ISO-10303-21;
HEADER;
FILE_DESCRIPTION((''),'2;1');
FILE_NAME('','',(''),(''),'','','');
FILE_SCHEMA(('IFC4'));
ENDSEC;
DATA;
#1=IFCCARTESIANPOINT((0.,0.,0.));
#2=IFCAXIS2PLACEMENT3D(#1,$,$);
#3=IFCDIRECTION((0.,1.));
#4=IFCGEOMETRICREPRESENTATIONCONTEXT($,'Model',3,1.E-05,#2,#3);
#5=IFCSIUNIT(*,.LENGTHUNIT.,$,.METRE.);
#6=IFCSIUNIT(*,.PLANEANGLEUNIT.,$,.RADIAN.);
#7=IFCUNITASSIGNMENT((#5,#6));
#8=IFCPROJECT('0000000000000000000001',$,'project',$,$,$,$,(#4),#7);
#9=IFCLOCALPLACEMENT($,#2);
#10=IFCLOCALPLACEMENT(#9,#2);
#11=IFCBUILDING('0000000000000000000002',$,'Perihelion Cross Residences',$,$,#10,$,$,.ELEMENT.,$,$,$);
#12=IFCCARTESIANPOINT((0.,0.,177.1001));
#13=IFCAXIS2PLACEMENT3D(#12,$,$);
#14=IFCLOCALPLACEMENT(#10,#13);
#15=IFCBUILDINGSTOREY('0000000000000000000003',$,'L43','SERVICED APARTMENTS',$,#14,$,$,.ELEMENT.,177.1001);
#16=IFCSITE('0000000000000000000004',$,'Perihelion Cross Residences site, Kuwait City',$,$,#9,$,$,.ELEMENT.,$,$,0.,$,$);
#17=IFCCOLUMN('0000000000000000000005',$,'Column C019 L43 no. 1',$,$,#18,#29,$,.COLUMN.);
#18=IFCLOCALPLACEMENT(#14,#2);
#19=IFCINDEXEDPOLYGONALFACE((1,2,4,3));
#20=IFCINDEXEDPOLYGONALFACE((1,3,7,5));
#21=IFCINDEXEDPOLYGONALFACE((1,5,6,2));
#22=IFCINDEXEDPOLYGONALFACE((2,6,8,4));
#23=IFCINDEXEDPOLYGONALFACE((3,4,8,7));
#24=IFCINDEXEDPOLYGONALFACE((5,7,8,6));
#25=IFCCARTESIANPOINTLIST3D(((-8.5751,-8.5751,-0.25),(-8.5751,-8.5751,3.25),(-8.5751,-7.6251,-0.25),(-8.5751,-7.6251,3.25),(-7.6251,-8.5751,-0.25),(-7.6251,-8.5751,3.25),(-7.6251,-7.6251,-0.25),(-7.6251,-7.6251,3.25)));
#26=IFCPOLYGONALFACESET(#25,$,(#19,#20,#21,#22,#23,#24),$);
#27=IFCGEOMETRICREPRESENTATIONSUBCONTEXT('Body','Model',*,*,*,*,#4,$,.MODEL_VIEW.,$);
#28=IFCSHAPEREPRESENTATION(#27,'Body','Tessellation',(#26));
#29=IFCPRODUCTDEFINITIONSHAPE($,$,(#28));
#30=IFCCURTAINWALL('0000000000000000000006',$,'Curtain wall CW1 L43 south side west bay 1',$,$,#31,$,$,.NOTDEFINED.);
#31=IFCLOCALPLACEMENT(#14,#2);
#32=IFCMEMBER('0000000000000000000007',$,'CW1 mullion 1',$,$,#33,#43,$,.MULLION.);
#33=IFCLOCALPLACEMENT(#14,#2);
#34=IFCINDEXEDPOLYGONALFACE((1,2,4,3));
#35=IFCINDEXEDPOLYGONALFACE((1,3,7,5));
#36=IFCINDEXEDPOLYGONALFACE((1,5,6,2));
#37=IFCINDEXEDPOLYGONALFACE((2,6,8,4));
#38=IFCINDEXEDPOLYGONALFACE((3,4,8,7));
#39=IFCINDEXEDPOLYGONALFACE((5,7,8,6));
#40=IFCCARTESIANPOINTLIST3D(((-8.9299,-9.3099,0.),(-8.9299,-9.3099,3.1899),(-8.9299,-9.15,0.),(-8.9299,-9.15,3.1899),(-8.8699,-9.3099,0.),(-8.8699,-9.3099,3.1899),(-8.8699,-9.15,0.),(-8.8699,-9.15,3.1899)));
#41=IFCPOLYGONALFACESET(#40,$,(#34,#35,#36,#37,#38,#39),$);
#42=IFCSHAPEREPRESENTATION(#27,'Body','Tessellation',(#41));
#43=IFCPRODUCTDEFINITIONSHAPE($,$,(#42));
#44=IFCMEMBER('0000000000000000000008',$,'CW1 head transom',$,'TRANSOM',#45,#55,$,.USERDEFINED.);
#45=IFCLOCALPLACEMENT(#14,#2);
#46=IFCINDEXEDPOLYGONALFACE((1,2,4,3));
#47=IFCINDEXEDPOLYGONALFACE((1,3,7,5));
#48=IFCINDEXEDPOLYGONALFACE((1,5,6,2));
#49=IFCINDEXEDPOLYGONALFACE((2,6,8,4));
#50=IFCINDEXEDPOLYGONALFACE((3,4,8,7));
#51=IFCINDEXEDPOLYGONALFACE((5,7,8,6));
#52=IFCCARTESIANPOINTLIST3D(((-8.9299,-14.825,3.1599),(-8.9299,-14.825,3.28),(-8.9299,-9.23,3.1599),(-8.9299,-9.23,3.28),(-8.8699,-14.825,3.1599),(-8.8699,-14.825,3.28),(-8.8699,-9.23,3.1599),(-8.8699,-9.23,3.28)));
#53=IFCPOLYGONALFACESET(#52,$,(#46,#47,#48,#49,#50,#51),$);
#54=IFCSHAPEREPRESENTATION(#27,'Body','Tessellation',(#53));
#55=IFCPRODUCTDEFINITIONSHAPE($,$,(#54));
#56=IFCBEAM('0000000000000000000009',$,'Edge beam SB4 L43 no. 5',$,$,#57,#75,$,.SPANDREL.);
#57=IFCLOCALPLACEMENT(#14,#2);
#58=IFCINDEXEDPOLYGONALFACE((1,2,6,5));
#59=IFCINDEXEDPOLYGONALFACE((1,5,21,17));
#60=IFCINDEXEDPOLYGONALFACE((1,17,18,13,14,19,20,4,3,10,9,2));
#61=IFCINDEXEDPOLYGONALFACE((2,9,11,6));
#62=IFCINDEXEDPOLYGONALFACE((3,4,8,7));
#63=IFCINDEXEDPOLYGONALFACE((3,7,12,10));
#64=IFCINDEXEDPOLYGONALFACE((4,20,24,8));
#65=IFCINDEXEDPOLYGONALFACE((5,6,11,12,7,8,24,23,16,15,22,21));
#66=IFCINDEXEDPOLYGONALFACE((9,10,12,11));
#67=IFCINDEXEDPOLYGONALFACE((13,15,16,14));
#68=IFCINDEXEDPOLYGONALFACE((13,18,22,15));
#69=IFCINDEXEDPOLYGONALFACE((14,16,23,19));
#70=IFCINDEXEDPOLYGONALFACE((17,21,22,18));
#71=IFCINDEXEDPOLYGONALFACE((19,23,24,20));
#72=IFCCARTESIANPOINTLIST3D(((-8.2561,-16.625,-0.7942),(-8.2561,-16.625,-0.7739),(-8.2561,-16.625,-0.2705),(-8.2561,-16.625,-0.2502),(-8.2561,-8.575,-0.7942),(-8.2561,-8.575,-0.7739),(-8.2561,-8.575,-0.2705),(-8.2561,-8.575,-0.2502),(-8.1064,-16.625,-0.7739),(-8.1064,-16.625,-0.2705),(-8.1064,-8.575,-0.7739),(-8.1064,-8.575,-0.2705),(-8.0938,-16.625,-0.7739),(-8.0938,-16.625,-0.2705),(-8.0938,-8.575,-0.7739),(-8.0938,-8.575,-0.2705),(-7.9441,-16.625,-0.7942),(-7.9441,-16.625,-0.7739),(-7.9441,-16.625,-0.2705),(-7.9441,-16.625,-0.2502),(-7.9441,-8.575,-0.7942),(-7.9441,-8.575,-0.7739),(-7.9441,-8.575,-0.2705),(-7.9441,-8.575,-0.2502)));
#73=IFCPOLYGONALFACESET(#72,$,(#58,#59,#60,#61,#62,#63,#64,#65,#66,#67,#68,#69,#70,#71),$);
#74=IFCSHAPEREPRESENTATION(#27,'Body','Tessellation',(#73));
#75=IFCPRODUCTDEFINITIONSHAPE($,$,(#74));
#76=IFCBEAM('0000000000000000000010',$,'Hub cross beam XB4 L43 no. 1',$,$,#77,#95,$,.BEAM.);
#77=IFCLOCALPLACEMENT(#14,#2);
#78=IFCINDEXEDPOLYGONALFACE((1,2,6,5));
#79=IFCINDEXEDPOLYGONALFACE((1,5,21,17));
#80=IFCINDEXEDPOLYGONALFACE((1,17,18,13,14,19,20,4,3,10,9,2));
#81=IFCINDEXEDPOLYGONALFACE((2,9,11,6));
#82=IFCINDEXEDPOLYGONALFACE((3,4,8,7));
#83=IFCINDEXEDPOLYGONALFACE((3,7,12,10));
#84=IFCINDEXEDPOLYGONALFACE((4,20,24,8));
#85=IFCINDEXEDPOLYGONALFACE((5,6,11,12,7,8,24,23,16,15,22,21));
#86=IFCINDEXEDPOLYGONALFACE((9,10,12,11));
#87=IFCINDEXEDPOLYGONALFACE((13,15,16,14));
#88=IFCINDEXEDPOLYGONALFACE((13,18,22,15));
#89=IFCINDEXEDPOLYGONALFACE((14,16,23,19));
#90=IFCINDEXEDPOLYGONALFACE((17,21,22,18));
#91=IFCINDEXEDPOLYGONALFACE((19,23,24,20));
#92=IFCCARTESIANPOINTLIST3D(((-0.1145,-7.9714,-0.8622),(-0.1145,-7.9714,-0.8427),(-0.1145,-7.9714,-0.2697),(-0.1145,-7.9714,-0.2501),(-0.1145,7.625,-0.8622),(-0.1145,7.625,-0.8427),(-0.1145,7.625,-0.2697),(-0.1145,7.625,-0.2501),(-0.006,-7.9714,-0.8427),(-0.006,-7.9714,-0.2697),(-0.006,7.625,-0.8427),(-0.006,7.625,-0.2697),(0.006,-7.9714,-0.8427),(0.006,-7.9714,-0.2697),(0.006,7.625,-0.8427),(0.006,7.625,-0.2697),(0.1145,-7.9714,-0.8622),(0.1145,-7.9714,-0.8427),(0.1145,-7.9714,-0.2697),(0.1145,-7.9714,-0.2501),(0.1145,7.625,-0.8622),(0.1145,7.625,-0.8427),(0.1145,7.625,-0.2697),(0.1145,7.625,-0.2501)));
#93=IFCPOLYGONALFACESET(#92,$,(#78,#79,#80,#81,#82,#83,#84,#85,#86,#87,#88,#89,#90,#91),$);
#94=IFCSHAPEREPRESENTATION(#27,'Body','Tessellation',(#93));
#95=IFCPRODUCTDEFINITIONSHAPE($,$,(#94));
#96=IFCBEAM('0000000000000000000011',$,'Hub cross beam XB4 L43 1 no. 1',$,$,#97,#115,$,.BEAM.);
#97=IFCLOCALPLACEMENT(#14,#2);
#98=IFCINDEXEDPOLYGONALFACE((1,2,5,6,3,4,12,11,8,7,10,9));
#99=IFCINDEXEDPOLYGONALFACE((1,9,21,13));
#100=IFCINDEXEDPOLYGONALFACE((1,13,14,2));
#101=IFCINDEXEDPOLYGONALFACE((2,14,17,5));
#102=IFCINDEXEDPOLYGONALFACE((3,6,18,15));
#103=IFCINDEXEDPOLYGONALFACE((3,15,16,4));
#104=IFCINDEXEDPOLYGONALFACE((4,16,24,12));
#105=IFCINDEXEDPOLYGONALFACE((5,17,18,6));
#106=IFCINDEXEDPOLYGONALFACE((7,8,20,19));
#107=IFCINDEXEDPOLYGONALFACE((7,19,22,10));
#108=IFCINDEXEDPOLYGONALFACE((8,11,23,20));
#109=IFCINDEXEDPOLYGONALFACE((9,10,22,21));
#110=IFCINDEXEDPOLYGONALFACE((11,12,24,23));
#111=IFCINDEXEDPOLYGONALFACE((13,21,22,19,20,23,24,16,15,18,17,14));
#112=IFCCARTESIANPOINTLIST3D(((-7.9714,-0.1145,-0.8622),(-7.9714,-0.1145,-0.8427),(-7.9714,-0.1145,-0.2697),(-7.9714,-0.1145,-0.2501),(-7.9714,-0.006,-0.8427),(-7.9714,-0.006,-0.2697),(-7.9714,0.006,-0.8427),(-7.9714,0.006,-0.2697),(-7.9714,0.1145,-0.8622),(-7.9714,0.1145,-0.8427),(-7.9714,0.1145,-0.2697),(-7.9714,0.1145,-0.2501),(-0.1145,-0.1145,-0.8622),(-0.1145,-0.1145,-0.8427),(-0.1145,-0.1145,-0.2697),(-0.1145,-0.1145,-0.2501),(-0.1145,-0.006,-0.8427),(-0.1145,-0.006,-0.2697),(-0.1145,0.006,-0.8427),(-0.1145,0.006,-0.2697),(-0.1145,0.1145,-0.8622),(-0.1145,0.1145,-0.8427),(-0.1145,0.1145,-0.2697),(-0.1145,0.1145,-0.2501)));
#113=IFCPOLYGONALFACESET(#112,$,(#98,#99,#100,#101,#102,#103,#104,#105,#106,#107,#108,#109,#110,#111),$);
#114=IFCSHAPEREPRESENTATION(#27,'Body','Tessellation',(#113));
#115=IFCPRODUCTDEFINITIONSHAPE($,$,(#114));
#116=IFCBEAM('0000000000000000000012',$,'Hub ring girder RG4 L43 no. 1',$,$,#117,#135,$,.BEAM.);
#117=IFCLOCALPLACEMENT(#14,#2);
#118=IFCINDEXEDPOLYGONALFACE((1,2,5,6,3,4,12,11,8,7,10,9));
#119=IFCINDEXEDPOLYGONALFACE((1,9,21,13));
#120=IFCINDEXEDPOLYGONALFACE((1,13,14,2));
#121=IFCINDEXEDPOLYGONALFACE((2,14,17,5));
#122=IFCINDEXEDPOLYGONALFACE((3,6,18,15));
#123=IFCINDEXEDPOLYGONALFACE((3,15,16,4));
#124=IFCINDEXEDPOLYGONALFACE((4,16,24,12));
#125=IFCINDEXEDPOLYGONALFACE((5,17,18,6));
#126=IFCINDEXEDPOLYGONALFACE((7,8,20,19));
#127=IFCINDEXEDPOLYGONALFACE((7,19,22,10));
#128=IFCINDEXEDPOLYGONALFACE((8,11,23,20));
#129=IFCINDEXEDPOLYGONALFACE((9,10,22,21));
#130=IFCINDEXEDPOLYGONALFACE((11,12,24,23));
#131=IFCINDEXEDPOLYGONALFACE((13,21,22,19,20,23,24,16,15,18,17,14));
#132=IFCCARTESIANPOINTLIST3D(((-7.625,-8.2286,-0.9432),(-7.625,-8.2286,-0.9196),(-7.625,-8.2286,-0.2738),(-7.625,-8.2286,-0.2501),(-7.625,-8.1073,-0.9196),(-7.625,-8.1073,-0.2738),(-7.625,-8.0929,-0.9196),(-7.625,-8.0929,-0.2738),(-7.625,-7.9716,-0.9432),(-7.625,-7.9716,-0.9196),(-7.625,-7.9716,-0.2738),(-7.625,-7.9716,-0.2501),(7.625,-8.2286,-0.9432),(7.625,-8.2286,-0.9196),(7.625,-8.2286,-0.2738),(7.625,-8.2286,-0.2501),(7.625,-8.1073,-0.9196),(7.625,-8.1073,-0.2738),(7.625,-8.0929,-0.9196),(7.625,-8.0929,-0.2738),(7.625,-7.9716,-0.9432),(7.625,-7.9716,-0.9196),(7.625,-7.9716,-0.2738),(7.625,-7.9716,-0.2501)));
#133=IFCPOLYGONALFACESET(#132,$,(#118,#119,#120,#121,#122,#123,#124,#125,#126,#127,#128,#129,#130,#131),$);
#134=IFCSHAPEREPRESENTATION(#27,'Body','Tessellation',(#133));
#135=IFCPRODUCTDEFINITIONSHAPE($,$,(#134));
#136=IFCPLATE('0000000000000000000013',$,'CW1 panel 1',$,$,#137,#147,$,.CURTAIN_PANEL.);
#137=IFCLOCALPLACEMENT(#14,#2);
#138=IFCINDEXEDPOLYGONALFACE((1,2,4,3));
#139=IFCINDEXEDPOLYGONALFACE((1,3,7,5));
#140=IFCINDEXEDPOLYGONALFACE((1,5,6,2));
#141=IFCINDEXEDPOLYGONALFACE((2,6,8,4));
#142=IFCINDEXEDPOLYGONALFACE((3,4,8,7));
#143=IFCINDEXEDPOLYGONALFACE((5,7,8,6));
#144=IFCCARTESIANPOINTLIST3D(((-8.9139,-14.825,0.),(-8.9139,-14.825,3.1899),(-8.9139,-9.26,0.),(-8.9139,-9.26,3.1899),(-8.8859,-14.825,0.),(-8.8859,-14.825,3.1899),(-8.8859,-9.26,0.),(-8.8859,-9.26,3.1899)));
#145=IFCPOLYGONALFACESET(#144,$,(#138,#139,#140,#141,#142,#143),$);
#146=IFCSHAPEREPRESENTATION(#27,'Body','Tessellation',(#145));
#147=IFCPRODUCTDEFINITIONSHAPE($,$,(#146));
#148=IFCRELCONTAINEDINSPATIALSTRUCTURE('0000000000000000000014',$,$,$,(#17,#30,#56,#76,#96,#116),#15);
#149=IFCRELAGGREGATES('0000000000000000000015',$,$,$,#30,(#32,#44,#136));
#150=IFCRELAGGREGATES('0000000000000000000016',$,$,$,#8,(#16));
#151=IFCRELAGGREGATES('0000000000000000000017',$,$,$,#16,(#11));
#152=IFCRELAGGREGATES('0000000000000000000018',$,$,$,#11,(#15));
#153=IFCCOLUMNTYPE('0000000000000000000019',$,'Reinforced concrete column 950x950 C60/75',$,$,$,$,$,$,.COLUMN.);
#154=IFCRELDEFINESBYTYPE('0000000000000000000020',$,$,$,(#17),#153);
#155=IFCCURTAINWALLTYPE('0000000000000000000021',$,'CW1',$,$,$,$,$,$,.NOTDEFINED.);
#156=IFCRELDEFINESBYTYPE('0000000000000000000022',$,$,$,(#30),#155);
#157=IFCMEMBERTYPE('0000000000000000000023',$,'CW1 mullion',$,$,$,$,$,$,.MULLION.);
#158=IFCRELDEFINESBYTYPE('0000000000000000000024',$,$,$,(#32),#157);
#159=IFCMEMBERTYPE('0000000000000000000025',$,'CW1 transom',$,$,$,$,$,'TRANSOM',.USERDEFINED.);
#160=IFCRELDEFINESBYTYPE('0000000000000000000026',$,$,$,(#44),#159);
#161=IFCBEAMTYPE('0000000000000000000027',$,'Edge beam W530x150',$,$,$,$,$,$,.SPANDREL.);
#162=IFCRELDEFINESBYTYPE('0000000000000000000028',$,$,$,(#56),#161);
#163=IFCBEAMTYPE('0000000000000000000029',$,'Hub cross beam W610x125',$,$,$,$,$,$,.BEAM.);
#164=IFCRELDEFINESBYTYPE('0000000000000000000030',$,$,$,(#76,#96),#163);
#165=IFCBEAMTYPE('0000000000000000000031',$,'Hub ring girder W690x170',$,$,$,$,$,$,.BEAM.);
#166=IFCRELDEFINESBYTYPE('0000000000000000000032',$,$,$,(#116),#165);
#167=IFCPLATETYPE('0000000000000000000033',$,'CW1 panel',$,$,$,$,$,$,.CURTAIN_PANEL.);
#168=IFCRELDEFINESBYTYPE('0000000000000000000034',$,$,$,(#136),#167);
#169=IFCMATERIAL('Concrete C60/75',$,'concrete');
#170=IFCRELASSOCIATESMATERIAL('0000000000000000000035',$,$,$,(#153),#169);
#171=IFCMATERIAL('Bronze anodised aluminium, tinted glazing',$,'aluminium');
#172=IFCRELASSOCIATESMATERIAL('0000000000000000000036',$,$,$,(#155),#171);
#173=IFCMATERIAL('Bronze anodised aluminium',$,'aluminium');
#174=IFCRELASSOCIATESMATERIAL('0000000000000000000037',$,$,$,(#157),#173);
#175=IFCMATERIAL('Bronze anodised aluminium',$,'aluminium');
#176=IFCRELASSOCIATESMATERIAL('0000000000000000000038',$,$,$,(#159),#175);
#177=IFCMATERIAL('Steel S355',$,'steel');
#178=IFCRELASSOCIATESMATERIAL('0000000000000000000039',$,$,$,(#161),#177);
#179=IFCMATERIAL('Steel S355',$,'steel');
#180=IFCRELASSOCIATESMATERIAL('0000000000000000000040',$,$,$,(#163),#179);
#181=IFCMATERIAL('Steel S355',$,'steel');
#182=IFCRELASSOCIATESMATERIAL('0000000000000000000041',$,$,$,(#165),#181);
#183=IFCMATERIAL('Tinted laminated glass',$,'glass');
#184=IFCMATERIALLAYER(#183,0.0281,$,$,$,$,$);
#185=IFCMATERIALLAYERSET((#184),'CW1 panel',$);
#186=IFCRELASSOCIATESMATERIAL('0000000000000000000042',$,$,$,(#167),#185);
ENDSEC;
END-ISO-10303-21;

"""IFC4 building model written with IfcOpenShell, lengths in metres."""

from ifc_helpers import new_model, si_unit, direction, frame, origin, origin_2d, place, context, subcontext, project, spatial, rectangle, i_section, extrude, material, layer, layer_set, material_profile, profile_set, type_object, element, aggregate, save


model = new_model("IFC4")

# Units and contexts
model_context = context("Model", 3, precision=1e-05, world=origin(), true_north=direction((0.0, 1.0)))
body_context = subcontext(model_context, "Body", "Model", "MODEL_VIEW")
ifc_project = project(units=[si_unit("LENGTHUNIT", "METRE"), si_unit("PLANEANGLEUNIT", "RADIAN")], contexts=[model_context])

# Site, building, storey
site_placement = place(None, origin())
site = spatial("IfcSite", under=ifc_project, at=site_placement, Name="Perihelion Cross Residences site, Kuwait City", CompositionType="ELEMENT", RefElevation=0.0)
building_placement = place(site_placement, origin())
building = spatial("IfcBuilding", under=site, at=building_placement, Name="Perihelion Cross Residences", CompositionType="ELEMENT")
storey_placement = place(building_placement, frame((0.0, 0.0, 177.1001)))
storey = spatial("IfcBuildingStorey", under=building, at=storey_placement, Name="L43", Description="SERVICED APARTMENTS", CompositionType="ELEMENT", Elevation=177.1001)

# Column
ifc_material_1 = material(Name="Concrete C60/75", Category="concrete")
ifc_material_profile_1 = material_profile(ifc_material_1, rectangle(XDim=0.95, YDim=0.95, at=origin_2d()), Name="RC 950x950")
ifc_profile_set_1 = profile_set([ifc_material_profile_1], Name="Concrete C60/75")
column_type = type_object("IfcColumnType", Name="Reinforced concrete column 950x950 C60/75", PredefinedType="COLUMN", material=ifc_profile_set_1)
column_placement = place(storey_placement, frame((-8.1001, -8.1001, -0.25), z_axis=(0.0, 0.0, 1.0), x_axis=(1.0, 0.0, 0.0)))
element("IfcColumn", 1, at=column_placement, inside=storey, type_object=column_type, Name="Column C019 L43 no. 1", PredefinedType="COLUMN", context=body_context, shape_type="SweptSolid", body=[
    extrude(rectangle(XDim=0.95, YDim=0.95, at=origin_2d()), origin(), (0.0, 0.0, 1.0), 3.5),
])

# Curtain wall, members
ifc_material_2 = material(Name="Bronze anodised aluminium, tinted glazing", Category="aluminium")
curtain_wall_type = type_object("IfcCurtainWallType", Name="CW1", PredefinedType="NOTDEFINED", material=ifc_material_2)
curtain_wall_placement = place(storey_placement, origin())
curtain_wall = element("IfcCurtainWall", 2, at=curtain_wall_placement, inside=storey, type_object=curtain_wall_type, Name="Curtain wall CW1 L43 south side west bay 1", PredefinedType="NOTDEFINED")
ifc_material_3 = material(Name="Bronze anodised aluminium", Category="aluminium")
ifc_material_profile_2 = material_profile(ifc_material_3, rectangle(XDim=0.0601, YDim=0.1599, at=origin_2d()), Name="CW1 mullion")
ifc_profile_set_2 = profile_set([ifc_material_profile_2], Name="Bronze anodised aluminium")
member_type_1 = type_object("IfcMemberType", Name="CW1 mullion", PredefinedType="MULLION", material=ifc_profile_set_2)
member_1_placement = place(storey_placement, frame((-8.8999, -9.23, 0.0), z_axis=(0.0, 0.0, 1.0), x_axis=(1.0, 0.0, 0.0)))
member_1 = element("IfcMember", 3, at=member_1_placement, type_object=member_type_1, Name="CW1 mullion 1", PredefinedType="MULLION", context=body_context, shape_type="SweptSolid", body=[
    extrude(rectangle(XDim=0.0601, YDim=0.1599, at=origin_2d()), origin(), (0.0, 0.0, 1.0), 3.1899),
])
ifc_material_4 = material(Name="Bronze anodised aluminium", Category="aluminium")
ifc_material_profile_3 = material_profile(ifc_material_4, rectangle(XDim=0.0601, YDim=0.1201, at=origin_2d()), Name="CW1 transom")
ifc_profile_set_3 = profile_set([ifc_material_profile_3], Name="Bronze anodised aluminium")
member_type_2 = type_object("IfcMemberType", Name="CW1 transom", ElementType="TRANSOM", PredefinedType="USERDEFINED", material=ifc_profile_set_3)
member_2_placement = place(storey_placement, frame((-8.8999, -9.23, 3.22), z_axis=(0.0, -1.0, 0.0), x_axis=(1.0, 0.0, 0.0)))
member_2 = element("IfcMember", 4, at=member_2_placement, type_object=member_type_2, Name="CW1 head transom", ObjectType="TRANSOM", PredefinedType="USERDEFINED", context=body_context, shape_type="SweptSolid", body=[
    extrude(rectangle(XDim=0.0601, YDim=0.1201, at=origin_2d()), origin(), (0.0, 0.0, 1.0), 5.595),
])

# Beams
ifc_material_5 = material(Name="Steel S355", Category="steel")
ifc_material_profile_4 = material_profile(ifc_material_5, i_section(OverallWidth=0.312, OverallDepth=0.5439, WebThickness=0.0127, FlangeThickness=0.0203, at=origin_2d()), Name="W530x150")
ifc_profile_set_4 = profile_set([ifc_material_profile_4], Name="Steel S355")
beam_type_1 = type_object("IfcBeamType", Name="Edge beam W530x150", PredefinedType="SPANDREL", material=ifc_profile_set_4)
beam_1_placement = place(storey_placement, frame((-8.1001, -8.575, -0.5222), z_axis=(0.0, -1.0, 0.0), x_axis=(1.0, 0.0, 0.0)))
element("IfcBeam", 5, at=beam_1_placement, inside=storey, type_object=beam_type_1, Name="Edge beam SB4 L43 no. 5", PredefinedType="SPANDREL", context=body_context, shape_type="SweptSolid", body=[
    extrude(i_section(OverallWidth=0.312, OverallDepth=0.5439, WebThickness=0.0127, FlangeThickness=0.0203, at=origin_2d()), origin(), (0.0, 0.0, 1.0), 8.05),
])
ifc_material_6 = material(Name="Steel S355", Category="steel")
ifc_material_profile_5 = material_profile(ifc_material_6, i_section(OverallWidth=0.229, OverallDepth=0.6121, WebThickness=0.012, FlangeThickness=0.0195, at=origin_2d()), Name="W610x125")
ifc_profile_set_5 = profile_set([ifc_material_profile_5], Name="Steel S355")
beam_type_2 = type_object("IfcBeamType", Name="Hub cross beam W610x125", PredefinedType="BEAM", material=ifc_profile_set_5)
beam_2_placement = place(storey_placement, frame((0.0, -7.9714, -0.5562), z_axis=(0.0, 1.0, 0.0), x_axis=(-1.0, 0.0, 0.0)))
element("IfcBeam", 6, at=beam_2_placement, inside=storey, type_object=beam_type_2, Name="Hub cross beam XB4 L43 no. 1", PredefinedType="BEAM", context=body_context, shape_type="SweptSolid", body=[
    extrude(i_section(OverallWidth=0.229, OverallDepth=0.6121, WebThickness=0.012, FlangeThickness=0.0195, at=origin_2d()), origin(), (0.0, 0.0, 1.0), 15.5964),
])
beam_3_placement = place(storey_placement, frame((-7.9714, 0.0, -0.5562), z_axis=(1.0, 0.0, 0.0), x_axis=(0.0, 1.0, 0.0)))
element("IfcBeam", 7, at=beam_3_placement, inside=storey, type_object=beam_type_2, Name="Hub cross beam XB4 L43 1 no. 1", PredefinedType="BEAM", context=body_context, shape_type="SweptSolid", body=[
    extrude(i_section(OverallWidth=0.229, OverallDepth=0.6121, WebThickness=0.012, FlangeThickness=0.0195, at=origin_2d()), origin(), (0.0, 0.0, 1.0), 7.8569),
])
ifc_material_7 = material(Name="Steel S355", Category="steel")
ifc_material_profile_6 = material_profile(ifc_material_7, i_section(OverallWidth=0.2571, OverallDepth=0.6931, WebThickness=0.0144, FlangeThickness=0.0237, at=origin_2d()), Name="W690x170")
ifc_profile_set_6 = profile_set([ifc_material_profile_6], Name="Steel S355")
beam_type_3 = type_object("IfcBeamType", Name="Hub ring girder W690x170", PredefinedType="BEAM", material=ifc_profile_set_6)
beam_4_placement = place(storey_placement, frame((-7.625, -8.1001, -0.5967), z_axis=(1.0, 0.0, 0.0), x_axis=(0.0, 1.0, 0.0)))
element("IfcBeam", 8, at=beam_4_placement, inside=storey, type_object=beam_type_3, Name="Hub ring girder RG4 L43 no. 1", PredefinedType="BEAM", context=body_context, shape_type="SweptSolid", body=[
    extrude(i_section(OverallWidth=0.2571, OverallDepth=0.6931, WebThickness=0.0144, FlangeThickness=0.0237, at=origin_2d()), origin(), (0.0, 0.0, 1.0), 15.25),
])

# Plate
ifc_material_8 = material(Name="Tinted laminated glass", Category="glass")
ifc_layer_1 = layer(ifc_material_8, 0.0281)
ifc_layer_set_1 = layer_set([ifc_layer_1], Name="CW1 panel")
plate_type = type_object("IfcPlateType", Name="CW1 panel", PredefinedType="CURTAIN_PANEL", material=ifc_layer_set_1)
plate_placement = place(storey_placement, frame((-8.8999, -12.0425, 0.0), z_axis=(0.0, 0.0, 1.0), x_axis=(0.0, -1.0, 0.0)))
plate = element("IfcPlate", 9, at=plate_placement, type_object=plate_type, Name="CW1 panel 1", PredefinedType="CURTAIN_PANEL", context=body_context, shape_type="SweptSolid", body=[
    extrude(rectangle(XDim=5.5649, YDim=0.0281, at=origin_2d()), origin(), (0.0, 0.0, 1.0), 3.1899),
])
aggregate(curtain_wall, [member_1, member_2, plate])

save(model, "model.ifc")
